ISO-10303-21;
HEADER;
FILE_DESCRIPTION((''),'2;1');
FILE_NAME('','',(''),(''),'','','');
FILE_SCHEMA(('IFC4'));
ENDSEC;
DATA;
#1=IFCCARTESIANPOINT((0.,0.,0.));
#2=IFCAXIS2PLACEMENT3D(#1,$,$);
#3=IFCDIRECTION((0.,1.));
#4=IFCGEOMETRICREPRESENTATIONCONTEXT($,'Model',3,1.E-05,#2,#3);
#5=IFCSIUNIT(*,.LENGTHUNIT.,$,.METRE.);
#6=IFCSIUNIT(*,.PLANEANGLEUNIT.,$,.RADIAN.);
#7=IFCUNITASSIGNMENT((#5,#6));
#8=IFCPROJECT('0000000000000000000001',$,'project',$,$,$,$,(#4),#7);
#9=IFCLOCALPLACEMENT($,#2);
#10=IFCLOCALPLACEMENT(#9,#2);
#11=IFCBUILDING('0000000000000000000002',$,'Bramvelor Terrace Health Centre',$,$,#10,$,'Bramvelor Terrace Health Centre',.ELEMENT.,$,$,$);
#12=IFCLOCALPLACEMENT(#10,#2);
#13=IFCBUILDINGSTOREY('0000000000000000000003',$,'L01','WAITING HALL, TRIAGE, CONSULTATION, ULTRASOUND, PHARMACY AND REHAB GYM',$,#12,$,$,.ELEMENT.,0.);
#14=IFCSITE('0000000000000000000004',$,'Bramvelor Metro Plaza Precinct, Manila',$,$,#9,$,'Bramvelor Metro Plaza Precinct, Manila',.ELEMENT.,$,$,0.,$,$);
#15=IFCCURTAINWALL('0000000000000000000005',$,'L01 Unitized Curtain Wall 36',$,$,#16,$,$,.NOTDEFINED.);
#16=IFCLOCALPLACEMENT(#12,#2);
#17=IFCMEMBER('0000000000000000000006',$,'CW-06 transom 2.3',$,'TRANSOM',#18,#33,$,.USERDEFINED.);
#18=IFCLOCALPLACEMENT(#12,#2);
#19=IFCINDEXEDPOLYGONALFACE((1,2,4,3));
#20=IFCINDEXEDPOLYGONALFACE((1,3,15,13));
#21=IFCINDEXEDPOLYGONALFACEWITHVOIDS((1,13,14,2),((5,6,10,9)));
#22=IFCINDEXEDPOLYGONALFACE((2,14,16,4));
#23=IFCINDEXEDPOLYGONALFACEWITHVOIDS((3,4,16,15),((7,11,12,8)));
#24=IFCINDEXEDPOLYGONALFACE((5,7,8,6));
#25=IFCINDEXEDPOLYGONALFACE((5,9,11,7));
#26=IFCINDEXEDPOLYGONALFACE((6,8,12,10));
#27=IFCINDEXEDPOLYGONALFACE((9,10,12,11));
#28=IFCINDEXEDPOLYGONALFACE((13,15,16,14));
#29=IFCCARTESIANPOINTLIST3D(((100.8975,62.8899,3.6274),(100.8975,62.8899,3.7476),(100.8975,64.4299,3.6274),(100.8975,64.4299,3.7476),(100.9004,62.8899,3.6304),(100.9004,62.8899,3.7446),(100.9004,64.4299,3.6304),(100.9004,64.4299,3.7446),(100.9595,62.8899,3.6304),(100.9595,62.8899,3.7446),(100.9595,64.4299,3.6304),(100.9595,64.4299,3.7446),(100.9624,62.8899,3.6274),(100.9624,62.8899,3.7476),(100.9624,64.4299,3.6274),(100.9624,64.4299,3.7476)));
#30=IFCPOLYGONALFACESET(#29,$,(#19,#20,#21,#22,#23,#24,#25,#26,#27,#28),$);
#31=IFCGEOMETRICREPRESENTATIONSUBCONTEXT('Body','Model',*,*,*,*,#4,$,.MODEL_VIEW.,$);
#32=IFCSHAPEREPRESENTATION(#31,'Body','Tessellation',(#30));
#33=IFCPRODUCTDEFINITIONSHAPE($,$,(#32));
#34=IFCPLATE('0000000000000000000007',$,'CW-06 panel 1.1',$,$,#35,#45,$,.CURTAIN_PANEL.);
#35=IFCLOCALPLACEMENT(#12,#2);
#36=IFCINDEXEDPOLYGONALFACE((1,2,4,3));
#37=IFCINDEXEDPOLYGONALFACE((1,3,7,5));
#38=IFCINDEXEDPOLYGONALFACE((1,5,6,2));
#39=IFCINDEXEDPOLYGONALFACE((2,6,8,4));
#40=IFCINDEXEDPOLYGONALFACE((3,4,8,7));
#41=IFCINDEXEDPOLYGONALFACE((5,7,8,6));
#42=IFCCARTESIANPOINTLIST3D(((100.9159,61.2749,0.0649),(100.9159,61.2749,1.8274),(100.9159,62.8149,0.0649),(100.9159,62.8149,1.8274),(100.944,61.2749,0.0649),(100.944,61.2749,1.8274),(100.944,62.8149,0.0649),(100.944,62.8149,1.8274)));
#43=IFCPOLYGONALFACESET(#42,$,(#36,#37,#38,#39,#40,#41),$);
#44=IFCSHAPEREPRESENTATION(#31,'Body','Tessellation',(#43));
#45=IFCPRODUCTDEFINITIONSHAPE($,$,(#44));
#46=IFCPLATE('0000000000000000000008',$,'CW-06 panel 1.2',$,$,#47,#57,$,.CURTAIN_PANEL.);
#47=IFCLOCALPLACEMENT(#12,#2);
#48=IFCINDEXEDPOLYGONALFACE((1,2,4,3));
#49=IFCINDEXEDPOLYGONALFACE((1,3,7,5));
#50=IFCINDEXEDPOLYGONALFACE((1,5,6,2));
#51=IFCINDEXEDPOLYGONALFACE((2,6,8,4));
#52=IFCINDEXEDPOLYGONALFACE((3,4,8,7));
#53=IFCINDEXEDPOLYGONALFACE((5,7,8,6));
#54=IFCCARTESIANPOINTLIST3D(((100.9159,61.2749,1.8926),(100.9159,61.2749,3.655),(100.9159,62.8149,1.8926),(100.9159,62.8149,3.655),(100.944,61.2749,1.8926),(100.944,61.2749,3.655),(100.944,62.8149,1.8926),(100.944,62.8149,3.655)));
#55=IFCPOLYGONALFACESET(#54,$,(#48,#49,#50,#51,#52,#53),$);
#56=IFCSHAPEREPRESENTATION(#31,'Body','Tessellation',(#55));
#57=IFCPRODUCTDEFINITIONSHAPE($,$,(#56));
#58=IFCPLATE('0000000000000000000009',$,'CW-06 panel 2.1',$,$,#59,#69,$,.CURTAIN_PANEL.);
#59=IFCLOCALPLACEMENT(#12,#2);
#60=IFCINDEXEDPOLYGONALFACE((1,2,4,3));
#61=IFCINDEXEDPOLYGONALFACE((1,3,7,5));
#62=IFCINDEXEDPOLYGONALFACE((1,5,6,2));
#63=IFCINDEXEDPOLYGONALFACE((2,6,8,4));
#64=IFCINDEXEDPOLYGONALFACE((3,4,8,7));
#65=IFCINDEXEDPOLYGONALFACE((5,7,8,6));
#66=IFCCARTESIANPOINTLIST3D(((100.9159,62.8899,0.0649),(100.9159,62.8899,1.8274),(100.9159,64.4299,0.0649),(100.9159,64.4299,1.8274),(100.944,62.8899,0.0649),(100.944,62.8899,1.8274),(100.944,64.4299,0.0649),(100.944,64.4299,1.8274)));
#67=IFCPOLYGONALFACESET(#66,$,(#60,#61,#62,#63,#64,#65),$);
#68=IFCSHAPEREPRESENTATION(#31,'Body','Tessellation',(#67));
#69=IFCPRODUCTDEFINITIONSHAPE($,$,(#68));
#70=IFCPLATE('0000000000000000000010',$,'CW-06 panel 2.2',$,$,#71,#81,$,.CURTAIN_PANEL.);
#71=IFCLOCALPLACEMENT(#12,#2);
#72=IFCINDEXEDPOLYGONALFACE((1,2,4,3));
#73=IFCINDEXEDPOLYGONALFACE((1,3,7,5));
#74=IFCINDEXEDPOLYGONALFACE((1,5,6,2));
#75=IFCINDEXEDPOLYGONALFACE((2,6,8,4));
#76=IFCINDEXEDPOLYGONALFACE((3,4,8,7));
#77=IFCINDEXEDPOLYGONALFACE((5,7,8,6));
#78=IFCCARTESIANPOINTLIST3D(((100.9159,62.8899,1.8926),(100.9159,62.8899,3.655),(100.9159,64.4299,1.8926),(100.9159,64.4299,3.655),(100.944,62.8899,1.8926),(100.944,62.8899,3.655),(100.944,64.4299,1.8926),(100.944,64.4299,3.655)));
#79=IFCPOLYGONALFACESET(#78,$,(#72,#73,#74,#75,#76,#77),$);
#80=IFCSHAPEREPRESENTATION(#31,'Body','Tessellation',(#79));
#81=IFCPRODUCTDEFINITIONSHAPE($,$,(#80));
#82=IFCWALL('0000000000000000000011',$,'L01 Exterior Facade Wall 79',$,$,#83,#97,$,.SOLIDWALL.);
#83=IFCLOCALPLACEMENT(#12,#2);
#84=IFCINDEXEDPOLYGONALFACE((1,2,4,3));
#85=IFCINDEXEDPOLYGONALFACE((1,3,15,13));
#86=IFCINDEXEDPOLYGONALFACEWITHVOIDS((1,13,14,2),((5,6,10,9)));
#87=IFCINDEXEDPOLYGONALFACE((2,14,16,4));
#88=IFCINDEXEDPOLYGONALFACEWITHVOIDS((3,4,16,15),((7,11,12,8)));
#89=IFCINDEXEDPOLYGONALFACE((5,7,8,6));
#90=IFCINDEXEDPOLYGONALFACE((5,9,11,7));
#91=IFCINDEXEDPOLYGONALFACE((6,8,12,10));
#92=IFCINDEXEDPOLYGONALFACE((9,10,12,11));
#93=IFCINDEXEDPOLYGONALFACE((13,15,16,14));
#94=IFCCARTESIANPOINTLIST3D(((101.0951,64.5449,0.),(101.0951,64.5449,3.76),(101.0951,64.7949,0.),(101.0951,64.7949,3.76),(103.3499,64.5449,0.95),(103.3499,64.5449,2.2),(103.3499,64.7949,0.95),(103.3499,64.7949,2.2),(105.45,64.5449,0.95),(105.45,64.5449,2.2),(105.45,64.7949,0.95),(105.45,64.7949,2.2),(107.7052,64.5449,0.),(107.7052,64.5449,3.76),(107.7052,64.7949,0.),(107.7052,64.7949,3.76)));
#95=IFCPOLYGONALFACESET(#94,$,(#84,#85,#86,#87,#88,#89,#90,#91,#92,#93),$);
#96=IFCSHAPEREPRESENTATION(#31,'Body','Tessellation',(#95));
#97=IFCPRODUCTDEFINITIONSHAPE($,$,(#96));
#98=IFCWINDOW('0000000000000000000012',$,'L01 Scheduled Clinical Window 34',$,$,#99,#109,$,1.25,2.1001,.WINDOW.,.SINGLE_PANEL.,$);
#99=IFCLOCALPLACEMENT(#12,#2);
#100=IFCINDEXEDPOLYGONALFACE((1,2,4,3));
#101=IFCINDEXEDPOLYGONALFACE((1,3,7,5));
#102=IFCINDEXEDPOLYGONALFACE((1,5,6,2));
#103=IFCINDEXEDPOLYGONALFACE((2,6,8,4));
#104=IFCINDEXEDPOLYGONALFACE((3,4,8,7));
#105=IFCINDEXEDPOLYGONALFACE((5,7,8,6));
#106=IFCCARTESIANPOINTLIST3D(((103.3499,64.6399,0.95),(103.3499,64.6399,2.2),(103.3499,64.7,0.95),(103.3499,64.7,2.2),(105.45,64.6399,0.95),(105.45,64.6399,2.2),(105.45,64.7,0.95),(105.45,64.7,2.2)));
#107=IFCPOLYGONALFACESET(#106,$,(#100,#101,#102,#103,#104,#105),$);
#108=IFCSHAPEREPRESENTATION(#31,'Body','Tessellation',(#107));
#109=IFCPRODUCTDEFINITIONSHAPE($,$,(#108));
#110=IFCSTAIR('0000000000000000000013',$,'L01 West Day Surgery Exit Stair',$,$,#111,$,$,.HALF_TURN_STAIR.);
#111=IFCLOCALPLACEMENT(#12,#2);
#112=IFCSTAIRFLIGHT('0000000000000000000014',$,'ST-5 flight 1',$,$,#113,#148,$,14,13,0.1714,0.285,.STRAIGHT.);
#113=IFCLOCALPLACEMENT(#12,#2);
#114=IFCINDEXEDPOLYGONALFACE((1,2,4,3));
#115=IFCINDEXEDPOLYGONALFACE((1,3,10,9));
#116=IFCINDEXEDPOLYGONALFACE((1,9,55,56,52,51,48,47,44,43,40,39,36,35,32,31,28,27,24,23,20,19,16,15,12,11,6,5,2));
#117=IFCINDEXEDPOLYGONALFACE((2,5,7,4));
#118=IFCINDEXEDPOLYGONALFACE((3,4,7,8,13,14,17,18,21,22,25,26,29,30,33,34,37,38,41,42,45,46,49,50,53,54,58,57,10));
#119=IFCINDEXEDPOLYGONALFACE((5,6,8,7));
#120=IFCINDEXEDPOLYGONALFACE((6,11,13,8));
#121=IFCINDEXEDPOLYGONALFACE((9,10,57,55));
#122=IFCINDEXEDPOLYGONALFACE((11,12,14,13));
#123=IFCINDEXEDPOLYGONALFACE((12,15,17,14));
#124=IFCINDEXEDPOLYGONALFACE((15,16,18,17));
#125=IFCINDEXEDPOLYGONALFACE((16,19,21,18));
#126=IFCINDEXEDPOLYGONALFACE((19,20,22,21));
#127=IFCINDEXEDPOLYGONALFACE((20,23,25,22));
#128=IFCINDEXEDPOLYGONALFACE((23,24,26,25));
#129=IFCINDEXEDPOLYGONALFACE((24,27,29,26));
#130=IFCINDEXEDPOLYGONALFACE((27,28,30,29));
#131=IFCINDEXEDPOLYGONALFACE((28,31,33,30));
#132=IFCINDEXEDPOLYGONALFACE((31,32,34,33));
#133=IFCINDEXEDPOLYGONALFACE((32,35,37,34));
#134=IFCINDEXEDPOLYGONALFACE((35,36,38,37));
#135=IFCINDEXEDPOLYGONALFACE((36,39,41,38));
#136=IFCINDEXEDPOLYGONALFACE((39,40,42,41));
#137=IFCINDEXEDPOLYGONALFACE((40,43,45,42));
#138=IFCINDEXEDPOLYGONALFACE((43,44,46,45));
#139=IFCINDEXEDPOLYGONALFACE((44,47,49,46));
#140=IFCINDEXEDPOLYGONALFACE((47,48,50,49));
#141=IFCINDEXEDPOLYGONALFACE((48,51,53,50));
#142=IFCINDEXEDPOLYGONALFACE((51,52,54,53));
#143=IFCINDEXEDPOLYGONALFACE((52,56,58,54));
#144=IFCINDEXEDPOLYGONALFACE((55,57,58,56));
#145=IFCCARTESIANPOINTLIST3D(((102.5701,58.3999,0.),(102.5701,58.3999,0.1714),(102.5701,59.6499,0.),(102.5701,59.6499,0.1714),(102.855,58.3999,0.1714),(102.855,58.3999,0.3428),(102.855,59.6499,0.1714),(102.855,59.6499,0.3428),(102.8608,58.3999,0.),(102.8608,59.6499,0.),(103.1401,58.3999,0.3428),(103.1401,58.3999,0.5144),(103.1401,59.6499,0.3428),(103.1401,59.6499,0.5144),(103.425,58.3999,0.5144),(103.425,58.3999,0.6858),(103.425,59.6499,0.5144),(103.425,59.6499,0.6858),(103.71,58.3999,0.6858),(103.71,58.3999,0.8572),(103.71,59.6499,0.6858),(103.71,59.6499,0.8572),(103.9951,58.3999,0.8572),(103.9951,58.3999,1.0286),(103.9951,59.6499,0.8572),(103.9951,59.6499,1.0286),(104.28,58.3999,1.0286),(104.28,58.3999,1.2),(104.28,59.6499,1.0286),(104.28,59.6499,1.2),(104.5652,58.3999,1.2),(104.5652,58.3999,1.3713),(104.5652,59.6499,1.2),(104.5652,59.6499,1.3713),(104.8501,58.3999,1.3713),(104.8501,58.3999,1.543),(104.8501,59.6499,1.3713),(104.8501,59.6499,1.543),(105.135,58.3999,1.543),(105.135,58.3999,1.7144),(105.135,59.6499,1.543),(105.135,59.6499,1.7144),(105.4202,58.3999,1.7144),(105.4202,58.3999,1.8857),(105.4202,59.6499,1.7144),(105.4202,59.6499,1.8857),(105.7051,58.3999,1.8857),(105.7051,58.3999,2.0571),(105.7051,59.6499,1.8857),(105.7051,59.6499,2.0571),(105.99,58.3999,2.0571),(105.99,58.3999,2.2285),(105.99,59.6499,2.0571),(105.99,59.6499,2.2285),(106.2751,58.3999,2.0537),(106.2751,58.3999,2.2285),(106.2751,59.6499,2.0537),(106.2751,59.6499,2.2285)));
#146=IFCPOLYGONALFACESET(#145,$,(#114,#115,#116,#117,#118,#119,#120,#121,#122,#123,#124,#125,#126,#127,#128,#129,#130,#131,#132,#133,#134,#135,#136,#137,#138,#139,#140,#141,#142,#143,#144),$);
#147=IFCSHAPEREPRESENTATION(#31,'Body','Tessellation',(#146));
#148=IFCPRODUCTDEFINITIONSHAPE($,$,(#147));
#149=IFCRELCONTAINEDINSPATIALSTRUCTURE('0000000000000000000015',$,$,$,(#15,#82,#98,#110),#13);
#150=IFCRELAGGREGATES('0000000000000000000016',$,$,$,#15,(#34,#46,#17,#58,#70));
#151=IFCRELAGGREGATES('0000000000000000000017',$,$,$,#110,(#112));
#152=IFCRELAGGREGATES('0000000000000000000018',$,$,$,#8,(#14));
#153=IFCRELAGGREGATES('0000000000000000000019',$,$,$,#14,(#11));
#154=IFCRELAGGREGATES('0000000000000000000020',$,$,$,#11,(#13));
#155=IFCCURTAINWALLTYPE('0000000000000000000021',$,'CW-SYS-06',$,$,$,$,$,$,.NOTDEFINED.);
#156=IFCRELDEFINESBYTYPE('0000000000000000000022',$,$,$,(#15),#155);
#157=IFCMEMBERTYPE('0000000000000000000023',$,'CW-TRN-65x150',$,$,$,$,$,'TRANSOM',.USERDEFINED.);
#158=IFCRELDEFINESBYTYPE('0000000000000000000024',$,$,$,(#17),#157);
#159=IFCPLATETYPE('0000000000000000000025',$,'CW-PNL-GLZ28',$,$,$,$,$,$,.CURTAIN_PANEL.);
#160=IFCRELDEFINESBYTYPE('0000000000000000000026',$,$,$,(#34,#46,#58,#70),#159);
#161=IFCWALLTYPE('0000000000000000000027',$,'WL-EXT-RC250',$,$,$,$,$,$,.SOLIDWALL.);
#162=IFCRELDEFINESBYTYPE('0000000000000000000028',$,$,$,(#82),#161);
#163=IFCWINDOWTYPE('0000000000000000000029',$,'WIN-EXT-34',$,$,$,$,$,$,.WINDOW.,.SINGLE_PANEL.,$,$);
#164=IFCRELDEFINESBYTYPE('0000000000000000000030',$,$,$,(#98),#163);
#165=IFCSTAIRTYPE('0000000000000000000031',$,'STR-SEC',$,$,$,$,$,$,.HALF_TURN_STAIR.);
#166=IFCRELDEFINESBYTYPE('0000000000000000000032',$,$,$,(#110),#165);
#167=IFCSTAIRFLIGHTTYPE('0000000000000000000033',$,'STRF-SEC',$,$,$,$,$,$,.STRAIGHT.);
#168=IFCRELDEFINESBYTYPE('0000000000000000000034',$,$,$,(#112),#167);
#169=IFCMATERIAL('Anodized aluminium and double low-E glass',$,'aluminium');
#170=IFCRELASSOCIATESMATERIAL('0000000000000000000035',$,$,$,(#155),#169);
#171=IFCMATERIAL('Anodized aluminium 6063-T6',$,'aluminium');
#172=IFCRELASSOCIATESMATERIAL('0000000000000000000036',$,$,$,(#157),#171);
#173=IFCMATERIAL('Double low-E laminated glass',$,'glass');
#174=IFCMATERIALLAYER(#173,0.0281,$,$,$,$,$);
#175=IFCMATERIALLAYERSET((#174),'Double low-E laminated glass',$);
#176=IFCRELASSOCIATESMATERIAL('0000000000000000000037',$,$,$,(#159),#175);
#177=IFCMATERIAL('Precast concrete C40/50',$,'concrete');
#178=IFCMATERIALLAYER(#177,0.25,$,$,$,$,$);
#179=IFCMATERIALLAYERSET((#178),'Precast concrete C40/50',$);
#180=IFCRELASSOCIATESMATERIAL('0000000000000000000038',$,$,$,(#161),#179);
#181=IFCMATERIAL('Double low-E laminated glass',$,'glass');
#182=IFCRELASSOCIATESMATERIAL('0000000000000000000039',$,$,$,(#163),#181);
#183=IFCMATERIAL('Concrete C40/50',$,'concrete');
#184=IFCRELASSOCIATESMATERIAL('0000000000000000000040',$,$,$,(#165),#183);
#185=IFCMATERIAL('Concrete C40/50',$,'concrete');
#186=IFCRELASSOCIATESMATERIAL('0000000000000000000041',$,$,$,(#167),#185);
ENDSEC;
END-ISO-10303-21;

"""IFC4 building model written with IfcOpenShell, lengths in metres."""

from ifc_helpers import new_model, si_unit, direction, frame, frame_2d, origin, origin_2d, place, context, subcontext, project, spatial, polyline, rectangle, hollow_rectangle, outline, extrude, material, layer, layer_set, material_profile, profile_set, type_object, element, fill, aggregate, save


model = new_model("IFC4")

# Units and contexts
model_context = context("Model", 3, precision=1e-05, world=origin(), true_north=direction((0.0, 1.0)))
body_context = subcontext(model_context, "Body", "Model", "MODEL_VIEW")
ifc_project = project(units=[si_unit("LENGTHUNIT", "METRE"), si_unit("PLANEANGLEUNIT", "RADIAN")], contexts=[model_context])

# Site, building, storey
site_placement = place(None, origin())
site = spatial("IfcSite", under=ifc_project, at=site_placement, Name="Bramvelor Metro Plaza Precinct, Manila", LongName="Bramvelor Metro Plaza Precinct, Manila", CompositionType="ELEMENT", RefElevation=0.0)
building_placement = place(site_placement, origin())
building = spatial("IfcBuilding", under=site, at=building_placement, Name="Bramvelor Terrace Health Centre", LongName="Bramvelor Terrace Health Centre", CompositionType="ELEMENT")
storey_placement = place(building_placement, origin())
storey = spatial("IfcBuildingStorey", under=building, at=storey_placement, Name="L01", Description="WAITING HALL, TRIAGE, CONSULTATION, ULTRASOUND, PHARMACY AND REHAB GYM", CompositionType="ELEMENT", Elevation=0.0)

# Curtain wall, member, plates
ifc_material_1 = material(Name="Anodized aluminium and double low-E glass", Category="aluminium")
curtain_wall_type = type_object("IfcCurtainWallType", Name="CW-SYS-06", PredefinedType="NOTDEFINED", material=ifc_material_1)
curtain_wall_placement = place(storey_placement, origin())
curtain_wall = element("IfcCurtainWall", 1, at=curtain_wall_placement, inside=storey, type_object=curtain_wall_type, Name="L01 Unitized Curtain Wall 36", PredefinedType="NOTDEFINED")
ifc_material_2 = material(Name="Anodized aluminium 6063-T6", Category="aluminium")
ifc_material_profile_1 = material_profile(ifc_material_2, hollow_rectangle(XDim=0.0649, YDim=0.1201, WallThickness=0.0029, at=origin_2d()), Name="ALU-TRN 65x120x3.0")
ifc_profile_set_1 = profile_set([ifc_material_profile_1], Name="Anodized aluminium 6063-T6")
member_type_1 = type_object("IfcMemberType", Name="CW-TRN-65x150", ElementType="TRANSOM", PredefinedType="USERDEFINED", material=ifc_profile_set_1)
member_1_placement = place(storey_placement, frame((100.9299, 62.8899, 3.6875), z_axis=(0.0, 1.0, 0.0), x_axis=(-1.0, 0.0, 0.0)))
member_1 = element("IfcMember", 2, at=member_1_placement, type_object=member_type_1, Name="CW-06 transom 2.3", ObjectType="TRANSOM", PredefinedType="USERDEFINED", context=body_context, shape_type="SweptSolid", body=[
    extrude(hollow_rectangle(XDim=0.0649, YDim=0.1201, WallThickness=0.0029, at=origin_2d()), origin(), (0.0, 0.0, 1.0), 1.54),
])
ifc_material_3 = material(Name="Double low-E laminated glass", Category="glass")
ifc_layer_1 = layer(ifc_material_3, 0.0281)
ifc_layer_set_1 = layer_set([ifc_layer_1], Name="Double low-E laminated glass")
plate_type = type_object("IfcPlateType", Name="CW-PNL-GLZ28", PredefinedType="CURTAIN_PANEL", material=ifc_layer_set_1)
plate_1_placement = place(storey_placement, frame((100.9299, 62.0449, 0.0649), z_axis=(0.0, 0.0, 1.0), x_axis=(0.0, 1.0, 0.0)))
plate_1 = element("IfcPlate", 3, at=plate_1_placement, type_object=plate_type, Name="CW-06 panel 1.1", PredefinedType="CURTAIN_PANEL", context=body_context, shape_type="SweptSolid", body=[
    extrude(rectangle(XDim=1.54, YDim=0.0281, at=origin_2d()), origin(), (0.0, 0.0, 1.0), 1.7625),
])
plate_2_placement = place(storey_placement, frame((100.9299, 62.0449, 1.8926), z_axis=(0.0, 0.0, 1.0), x_axis=(0.0, 1.0, 0.0)))
plate_2 = element("IfcPlate", 4, at=plate_2_placement, type_object=plate_type, Name="CW-06 panel 1.2", PredefinedType="CURTAIN_PANEL", context=body_context, shape_type="SweptSolid", body=[
    extrude(rectangle(XDim=1.54, YDim=0.0281, at=origin_2d()), origin(), (0.0, 0.0, 1.0), 1.7625),
])
plate_3_placement = place(storey_placement, frame((100.9299, 63.6599, 0.0649), z_axis=(0.0, 0.0, 1.0), x_axis=(0.0, 1.0, 0.0)))
plate_3 = element("IfcPlate", 5, at=plate_3_placement, type_object=plate_type, Name="CW-06 panel 2.1", PredefinedType="CURTAIN_PANEL", context=body_context, shape_type="SweptSolid", body=[
    extrude(rectangle(XDim=1.54, YDim=0.0281, at=origin_2d()), origin(), (0.0, 0.0, 1.0), 1.7625),
])
plate_4_placement = place(storey_placement, frame((100.9299, 63.6599, 1.8926), z_axis=(0.0, 0.0, 1.0), x_axis=(0.0, 1.0, 0.0)))
plate_4 = element("IfcPlate", 6, at=plate_4_placement, type_object=plate_type, Name="CW-06 panel 2.2", PredefinedType="CURTAIN_PANEL", context=body_context, shape_type="SweptSolid", body=[
    extrude(rectangle(XDim=1.54, YDim=0.0281, at=origin_2d()), origin(), (0.0, 0.0, 1.0), 1.7625),
])
aggregate(curtain_wall, [plate_1, plate_2, member_1, plate_3, plate_4])

# Wall, opening, window
ifc_material_4 = material(Name="Precast concrete C40/50", Category="concrete")
ifc_layer_2 = layer(ifc_material_4, 0.25)
ifc_layer_set_2 = layer_set([ifc_layer_2], Name="Precast concrete C40/50")
wall_type = type_object("IfcWallType", Name="WL-EXT-RC250", PredefinedType="SOLIDWALL", material=ifc_layer_set_2)
wall_placement = place(storey_placement, frame((101.095, 64.6699, 0.0), z_axis=(0.0, 0.0, 1.0), x_axis=(1.0, 0.0, 0.0)))
wall = element("IfcWall", 7, at=wall_placement, inside=storey, type_object=wall_type, Name="L01 Exterior Facade Wall 79", PredefinedType="SOLIDWALL", context=body_context, shape_type="SweptSolid", body=[
    extrude(rectangle(XDim=6.6101, YDim=0.25, at=frame_2d((3.3052, 0.0))), origin(), (0.0, 0.0, 1.0), 3.76),
])
opening_placement = place(wall_placement, frame((2.2549, 0.0, 0.95)))
opening = element("IfcOpeningElement", 8, at=opening_placement, cuts=wall, PredefinedType="OPENING", context=body_context, shape_type="SweptSolid", body=[
    extrude(rectangle(XDim=2.1001, YDim=1.25, at=frame_2d((1.05, 0.625))), frame((0.0, 0.135, 0.0), z_axis=(0.0, -1.0, 0.0), x_axis=(1.0, 0.0, 0.0)), (0.0, 0.0, 1.0), 0.27),
])
ifc_material_5 = material(Name="Double low-E laminated glass", Category="glass")
window_type = type_object("IfcWindowType", Name="WIN-EXT-34", PartitioningType="SINGLE_PANEL", PredefinedType="WINDOW", material=ifc_material_5)
window_placement = place(opening_placement, origin())
window = element("IfcWindow", 9, at=window_placement, inside=storey, type_object=window_type, Name="L01 Scheduled Clinical Window 34", OverallHeight=1.25, OverallWidth=2.1001, PartitioningType="SINGLE_PANEL", PredefinedType="WINDOW", context=body_context, shape_type="SweptSolid", body=[
    extrude(rectangle(XDim=2.1001, YDim=1.25, at=frame_2d((1.05, 0.625))), frame((0.0, 0.03, 0.0), z_axis=(0.0, -1.0, 0.0), x_axis=(1.0, 0.0, 0.0)), (0.0, 0.0, 1.0), 0.0601),
])
fill(opening, window)

# Stair, stair flight
ifc_material_6 = material(Name="Concrete C40/50", Category="concrete")
stair_type = type_object("IfcStairType", Name="STR-SEC", PredefinedType="HALF_TURN_STAIR", material=ifc_material_6)
stair_placement = place(storey_placement, origin())
stair = element("IfcStair", 10, at=stair_placement, inside=storey, type_object=stair_type, Name="L01 West Day Surgery Exit Stair", PredefinedType="HALF_TURN_STAIR")
ifc_material_7 = material(Name="Concrete C40/50", Category="concrete")
stair_flight_type = type_object("IfcStairFlightType", Name="STRF-SEC", PredefinedType="STRAIGHT", material=ifc_material_7)
stair_flight_1_placement = place(storey_placement, frame((102.5701, 59.0249, 0.0), z_axis=(0.0, 0.0, 1.0), x_axis=(1.0, 0.0, 0.0)))
stair_flight_1 = element("IfcStairFlight", 11, at=stair_flight_1_placement, type_object=stair_flight_type, Name="ST-5 flight 1", NumberOfRisers=14, NumberOfTreads=13, PredefinedType="STRAIGHT", RiserHeight=0.1714, TreadLength=0.285, context=body_context, shape_type="SweptSolid", body=[
    extrude(outline(polyline([(0.0, 0.0), (0.0, 0.1714), (0.2849, 0.1714), (0.2849, 0.3428), (0.5701, 0.3428), (0.5701, 0.5144), (0.855, 0.5144), (0.855, 0.6858), (1.1399, 0.6858), (1.1399, 0.8572), (1.425, 0.8572), (1.425, 1.0286), (1.71, 1.0286), (1.71, 1.2), (1.9951, 1.2), (1.9951, 1.3713), (2.28, 1.3713), (2.28, 1.543), (2.5649, 1.543), (2.5649, 1.7144), (2.8501, 1.7144), (2.8501, 1.8857), (3.135, 1.8857), (3.135, 2.0571), (3.4199, 2.0571), (3.4199, 2.2285), (3.7051, 2.2285), (3.7051, 2.3999), (3.7051, 2.0537), (0.2908, 0.0), (0.0, 0.0)])), frame((0.0, 0.625, 0.0), z_axis=(0.0, -1.0, 0.0), x_axis=(1.0, 0.0, 0.0)), (0.0, 0.0, 1.0), 1.25),
])
aggregate(stair, [stair_flight_1])

save(model, "model.ifc")
